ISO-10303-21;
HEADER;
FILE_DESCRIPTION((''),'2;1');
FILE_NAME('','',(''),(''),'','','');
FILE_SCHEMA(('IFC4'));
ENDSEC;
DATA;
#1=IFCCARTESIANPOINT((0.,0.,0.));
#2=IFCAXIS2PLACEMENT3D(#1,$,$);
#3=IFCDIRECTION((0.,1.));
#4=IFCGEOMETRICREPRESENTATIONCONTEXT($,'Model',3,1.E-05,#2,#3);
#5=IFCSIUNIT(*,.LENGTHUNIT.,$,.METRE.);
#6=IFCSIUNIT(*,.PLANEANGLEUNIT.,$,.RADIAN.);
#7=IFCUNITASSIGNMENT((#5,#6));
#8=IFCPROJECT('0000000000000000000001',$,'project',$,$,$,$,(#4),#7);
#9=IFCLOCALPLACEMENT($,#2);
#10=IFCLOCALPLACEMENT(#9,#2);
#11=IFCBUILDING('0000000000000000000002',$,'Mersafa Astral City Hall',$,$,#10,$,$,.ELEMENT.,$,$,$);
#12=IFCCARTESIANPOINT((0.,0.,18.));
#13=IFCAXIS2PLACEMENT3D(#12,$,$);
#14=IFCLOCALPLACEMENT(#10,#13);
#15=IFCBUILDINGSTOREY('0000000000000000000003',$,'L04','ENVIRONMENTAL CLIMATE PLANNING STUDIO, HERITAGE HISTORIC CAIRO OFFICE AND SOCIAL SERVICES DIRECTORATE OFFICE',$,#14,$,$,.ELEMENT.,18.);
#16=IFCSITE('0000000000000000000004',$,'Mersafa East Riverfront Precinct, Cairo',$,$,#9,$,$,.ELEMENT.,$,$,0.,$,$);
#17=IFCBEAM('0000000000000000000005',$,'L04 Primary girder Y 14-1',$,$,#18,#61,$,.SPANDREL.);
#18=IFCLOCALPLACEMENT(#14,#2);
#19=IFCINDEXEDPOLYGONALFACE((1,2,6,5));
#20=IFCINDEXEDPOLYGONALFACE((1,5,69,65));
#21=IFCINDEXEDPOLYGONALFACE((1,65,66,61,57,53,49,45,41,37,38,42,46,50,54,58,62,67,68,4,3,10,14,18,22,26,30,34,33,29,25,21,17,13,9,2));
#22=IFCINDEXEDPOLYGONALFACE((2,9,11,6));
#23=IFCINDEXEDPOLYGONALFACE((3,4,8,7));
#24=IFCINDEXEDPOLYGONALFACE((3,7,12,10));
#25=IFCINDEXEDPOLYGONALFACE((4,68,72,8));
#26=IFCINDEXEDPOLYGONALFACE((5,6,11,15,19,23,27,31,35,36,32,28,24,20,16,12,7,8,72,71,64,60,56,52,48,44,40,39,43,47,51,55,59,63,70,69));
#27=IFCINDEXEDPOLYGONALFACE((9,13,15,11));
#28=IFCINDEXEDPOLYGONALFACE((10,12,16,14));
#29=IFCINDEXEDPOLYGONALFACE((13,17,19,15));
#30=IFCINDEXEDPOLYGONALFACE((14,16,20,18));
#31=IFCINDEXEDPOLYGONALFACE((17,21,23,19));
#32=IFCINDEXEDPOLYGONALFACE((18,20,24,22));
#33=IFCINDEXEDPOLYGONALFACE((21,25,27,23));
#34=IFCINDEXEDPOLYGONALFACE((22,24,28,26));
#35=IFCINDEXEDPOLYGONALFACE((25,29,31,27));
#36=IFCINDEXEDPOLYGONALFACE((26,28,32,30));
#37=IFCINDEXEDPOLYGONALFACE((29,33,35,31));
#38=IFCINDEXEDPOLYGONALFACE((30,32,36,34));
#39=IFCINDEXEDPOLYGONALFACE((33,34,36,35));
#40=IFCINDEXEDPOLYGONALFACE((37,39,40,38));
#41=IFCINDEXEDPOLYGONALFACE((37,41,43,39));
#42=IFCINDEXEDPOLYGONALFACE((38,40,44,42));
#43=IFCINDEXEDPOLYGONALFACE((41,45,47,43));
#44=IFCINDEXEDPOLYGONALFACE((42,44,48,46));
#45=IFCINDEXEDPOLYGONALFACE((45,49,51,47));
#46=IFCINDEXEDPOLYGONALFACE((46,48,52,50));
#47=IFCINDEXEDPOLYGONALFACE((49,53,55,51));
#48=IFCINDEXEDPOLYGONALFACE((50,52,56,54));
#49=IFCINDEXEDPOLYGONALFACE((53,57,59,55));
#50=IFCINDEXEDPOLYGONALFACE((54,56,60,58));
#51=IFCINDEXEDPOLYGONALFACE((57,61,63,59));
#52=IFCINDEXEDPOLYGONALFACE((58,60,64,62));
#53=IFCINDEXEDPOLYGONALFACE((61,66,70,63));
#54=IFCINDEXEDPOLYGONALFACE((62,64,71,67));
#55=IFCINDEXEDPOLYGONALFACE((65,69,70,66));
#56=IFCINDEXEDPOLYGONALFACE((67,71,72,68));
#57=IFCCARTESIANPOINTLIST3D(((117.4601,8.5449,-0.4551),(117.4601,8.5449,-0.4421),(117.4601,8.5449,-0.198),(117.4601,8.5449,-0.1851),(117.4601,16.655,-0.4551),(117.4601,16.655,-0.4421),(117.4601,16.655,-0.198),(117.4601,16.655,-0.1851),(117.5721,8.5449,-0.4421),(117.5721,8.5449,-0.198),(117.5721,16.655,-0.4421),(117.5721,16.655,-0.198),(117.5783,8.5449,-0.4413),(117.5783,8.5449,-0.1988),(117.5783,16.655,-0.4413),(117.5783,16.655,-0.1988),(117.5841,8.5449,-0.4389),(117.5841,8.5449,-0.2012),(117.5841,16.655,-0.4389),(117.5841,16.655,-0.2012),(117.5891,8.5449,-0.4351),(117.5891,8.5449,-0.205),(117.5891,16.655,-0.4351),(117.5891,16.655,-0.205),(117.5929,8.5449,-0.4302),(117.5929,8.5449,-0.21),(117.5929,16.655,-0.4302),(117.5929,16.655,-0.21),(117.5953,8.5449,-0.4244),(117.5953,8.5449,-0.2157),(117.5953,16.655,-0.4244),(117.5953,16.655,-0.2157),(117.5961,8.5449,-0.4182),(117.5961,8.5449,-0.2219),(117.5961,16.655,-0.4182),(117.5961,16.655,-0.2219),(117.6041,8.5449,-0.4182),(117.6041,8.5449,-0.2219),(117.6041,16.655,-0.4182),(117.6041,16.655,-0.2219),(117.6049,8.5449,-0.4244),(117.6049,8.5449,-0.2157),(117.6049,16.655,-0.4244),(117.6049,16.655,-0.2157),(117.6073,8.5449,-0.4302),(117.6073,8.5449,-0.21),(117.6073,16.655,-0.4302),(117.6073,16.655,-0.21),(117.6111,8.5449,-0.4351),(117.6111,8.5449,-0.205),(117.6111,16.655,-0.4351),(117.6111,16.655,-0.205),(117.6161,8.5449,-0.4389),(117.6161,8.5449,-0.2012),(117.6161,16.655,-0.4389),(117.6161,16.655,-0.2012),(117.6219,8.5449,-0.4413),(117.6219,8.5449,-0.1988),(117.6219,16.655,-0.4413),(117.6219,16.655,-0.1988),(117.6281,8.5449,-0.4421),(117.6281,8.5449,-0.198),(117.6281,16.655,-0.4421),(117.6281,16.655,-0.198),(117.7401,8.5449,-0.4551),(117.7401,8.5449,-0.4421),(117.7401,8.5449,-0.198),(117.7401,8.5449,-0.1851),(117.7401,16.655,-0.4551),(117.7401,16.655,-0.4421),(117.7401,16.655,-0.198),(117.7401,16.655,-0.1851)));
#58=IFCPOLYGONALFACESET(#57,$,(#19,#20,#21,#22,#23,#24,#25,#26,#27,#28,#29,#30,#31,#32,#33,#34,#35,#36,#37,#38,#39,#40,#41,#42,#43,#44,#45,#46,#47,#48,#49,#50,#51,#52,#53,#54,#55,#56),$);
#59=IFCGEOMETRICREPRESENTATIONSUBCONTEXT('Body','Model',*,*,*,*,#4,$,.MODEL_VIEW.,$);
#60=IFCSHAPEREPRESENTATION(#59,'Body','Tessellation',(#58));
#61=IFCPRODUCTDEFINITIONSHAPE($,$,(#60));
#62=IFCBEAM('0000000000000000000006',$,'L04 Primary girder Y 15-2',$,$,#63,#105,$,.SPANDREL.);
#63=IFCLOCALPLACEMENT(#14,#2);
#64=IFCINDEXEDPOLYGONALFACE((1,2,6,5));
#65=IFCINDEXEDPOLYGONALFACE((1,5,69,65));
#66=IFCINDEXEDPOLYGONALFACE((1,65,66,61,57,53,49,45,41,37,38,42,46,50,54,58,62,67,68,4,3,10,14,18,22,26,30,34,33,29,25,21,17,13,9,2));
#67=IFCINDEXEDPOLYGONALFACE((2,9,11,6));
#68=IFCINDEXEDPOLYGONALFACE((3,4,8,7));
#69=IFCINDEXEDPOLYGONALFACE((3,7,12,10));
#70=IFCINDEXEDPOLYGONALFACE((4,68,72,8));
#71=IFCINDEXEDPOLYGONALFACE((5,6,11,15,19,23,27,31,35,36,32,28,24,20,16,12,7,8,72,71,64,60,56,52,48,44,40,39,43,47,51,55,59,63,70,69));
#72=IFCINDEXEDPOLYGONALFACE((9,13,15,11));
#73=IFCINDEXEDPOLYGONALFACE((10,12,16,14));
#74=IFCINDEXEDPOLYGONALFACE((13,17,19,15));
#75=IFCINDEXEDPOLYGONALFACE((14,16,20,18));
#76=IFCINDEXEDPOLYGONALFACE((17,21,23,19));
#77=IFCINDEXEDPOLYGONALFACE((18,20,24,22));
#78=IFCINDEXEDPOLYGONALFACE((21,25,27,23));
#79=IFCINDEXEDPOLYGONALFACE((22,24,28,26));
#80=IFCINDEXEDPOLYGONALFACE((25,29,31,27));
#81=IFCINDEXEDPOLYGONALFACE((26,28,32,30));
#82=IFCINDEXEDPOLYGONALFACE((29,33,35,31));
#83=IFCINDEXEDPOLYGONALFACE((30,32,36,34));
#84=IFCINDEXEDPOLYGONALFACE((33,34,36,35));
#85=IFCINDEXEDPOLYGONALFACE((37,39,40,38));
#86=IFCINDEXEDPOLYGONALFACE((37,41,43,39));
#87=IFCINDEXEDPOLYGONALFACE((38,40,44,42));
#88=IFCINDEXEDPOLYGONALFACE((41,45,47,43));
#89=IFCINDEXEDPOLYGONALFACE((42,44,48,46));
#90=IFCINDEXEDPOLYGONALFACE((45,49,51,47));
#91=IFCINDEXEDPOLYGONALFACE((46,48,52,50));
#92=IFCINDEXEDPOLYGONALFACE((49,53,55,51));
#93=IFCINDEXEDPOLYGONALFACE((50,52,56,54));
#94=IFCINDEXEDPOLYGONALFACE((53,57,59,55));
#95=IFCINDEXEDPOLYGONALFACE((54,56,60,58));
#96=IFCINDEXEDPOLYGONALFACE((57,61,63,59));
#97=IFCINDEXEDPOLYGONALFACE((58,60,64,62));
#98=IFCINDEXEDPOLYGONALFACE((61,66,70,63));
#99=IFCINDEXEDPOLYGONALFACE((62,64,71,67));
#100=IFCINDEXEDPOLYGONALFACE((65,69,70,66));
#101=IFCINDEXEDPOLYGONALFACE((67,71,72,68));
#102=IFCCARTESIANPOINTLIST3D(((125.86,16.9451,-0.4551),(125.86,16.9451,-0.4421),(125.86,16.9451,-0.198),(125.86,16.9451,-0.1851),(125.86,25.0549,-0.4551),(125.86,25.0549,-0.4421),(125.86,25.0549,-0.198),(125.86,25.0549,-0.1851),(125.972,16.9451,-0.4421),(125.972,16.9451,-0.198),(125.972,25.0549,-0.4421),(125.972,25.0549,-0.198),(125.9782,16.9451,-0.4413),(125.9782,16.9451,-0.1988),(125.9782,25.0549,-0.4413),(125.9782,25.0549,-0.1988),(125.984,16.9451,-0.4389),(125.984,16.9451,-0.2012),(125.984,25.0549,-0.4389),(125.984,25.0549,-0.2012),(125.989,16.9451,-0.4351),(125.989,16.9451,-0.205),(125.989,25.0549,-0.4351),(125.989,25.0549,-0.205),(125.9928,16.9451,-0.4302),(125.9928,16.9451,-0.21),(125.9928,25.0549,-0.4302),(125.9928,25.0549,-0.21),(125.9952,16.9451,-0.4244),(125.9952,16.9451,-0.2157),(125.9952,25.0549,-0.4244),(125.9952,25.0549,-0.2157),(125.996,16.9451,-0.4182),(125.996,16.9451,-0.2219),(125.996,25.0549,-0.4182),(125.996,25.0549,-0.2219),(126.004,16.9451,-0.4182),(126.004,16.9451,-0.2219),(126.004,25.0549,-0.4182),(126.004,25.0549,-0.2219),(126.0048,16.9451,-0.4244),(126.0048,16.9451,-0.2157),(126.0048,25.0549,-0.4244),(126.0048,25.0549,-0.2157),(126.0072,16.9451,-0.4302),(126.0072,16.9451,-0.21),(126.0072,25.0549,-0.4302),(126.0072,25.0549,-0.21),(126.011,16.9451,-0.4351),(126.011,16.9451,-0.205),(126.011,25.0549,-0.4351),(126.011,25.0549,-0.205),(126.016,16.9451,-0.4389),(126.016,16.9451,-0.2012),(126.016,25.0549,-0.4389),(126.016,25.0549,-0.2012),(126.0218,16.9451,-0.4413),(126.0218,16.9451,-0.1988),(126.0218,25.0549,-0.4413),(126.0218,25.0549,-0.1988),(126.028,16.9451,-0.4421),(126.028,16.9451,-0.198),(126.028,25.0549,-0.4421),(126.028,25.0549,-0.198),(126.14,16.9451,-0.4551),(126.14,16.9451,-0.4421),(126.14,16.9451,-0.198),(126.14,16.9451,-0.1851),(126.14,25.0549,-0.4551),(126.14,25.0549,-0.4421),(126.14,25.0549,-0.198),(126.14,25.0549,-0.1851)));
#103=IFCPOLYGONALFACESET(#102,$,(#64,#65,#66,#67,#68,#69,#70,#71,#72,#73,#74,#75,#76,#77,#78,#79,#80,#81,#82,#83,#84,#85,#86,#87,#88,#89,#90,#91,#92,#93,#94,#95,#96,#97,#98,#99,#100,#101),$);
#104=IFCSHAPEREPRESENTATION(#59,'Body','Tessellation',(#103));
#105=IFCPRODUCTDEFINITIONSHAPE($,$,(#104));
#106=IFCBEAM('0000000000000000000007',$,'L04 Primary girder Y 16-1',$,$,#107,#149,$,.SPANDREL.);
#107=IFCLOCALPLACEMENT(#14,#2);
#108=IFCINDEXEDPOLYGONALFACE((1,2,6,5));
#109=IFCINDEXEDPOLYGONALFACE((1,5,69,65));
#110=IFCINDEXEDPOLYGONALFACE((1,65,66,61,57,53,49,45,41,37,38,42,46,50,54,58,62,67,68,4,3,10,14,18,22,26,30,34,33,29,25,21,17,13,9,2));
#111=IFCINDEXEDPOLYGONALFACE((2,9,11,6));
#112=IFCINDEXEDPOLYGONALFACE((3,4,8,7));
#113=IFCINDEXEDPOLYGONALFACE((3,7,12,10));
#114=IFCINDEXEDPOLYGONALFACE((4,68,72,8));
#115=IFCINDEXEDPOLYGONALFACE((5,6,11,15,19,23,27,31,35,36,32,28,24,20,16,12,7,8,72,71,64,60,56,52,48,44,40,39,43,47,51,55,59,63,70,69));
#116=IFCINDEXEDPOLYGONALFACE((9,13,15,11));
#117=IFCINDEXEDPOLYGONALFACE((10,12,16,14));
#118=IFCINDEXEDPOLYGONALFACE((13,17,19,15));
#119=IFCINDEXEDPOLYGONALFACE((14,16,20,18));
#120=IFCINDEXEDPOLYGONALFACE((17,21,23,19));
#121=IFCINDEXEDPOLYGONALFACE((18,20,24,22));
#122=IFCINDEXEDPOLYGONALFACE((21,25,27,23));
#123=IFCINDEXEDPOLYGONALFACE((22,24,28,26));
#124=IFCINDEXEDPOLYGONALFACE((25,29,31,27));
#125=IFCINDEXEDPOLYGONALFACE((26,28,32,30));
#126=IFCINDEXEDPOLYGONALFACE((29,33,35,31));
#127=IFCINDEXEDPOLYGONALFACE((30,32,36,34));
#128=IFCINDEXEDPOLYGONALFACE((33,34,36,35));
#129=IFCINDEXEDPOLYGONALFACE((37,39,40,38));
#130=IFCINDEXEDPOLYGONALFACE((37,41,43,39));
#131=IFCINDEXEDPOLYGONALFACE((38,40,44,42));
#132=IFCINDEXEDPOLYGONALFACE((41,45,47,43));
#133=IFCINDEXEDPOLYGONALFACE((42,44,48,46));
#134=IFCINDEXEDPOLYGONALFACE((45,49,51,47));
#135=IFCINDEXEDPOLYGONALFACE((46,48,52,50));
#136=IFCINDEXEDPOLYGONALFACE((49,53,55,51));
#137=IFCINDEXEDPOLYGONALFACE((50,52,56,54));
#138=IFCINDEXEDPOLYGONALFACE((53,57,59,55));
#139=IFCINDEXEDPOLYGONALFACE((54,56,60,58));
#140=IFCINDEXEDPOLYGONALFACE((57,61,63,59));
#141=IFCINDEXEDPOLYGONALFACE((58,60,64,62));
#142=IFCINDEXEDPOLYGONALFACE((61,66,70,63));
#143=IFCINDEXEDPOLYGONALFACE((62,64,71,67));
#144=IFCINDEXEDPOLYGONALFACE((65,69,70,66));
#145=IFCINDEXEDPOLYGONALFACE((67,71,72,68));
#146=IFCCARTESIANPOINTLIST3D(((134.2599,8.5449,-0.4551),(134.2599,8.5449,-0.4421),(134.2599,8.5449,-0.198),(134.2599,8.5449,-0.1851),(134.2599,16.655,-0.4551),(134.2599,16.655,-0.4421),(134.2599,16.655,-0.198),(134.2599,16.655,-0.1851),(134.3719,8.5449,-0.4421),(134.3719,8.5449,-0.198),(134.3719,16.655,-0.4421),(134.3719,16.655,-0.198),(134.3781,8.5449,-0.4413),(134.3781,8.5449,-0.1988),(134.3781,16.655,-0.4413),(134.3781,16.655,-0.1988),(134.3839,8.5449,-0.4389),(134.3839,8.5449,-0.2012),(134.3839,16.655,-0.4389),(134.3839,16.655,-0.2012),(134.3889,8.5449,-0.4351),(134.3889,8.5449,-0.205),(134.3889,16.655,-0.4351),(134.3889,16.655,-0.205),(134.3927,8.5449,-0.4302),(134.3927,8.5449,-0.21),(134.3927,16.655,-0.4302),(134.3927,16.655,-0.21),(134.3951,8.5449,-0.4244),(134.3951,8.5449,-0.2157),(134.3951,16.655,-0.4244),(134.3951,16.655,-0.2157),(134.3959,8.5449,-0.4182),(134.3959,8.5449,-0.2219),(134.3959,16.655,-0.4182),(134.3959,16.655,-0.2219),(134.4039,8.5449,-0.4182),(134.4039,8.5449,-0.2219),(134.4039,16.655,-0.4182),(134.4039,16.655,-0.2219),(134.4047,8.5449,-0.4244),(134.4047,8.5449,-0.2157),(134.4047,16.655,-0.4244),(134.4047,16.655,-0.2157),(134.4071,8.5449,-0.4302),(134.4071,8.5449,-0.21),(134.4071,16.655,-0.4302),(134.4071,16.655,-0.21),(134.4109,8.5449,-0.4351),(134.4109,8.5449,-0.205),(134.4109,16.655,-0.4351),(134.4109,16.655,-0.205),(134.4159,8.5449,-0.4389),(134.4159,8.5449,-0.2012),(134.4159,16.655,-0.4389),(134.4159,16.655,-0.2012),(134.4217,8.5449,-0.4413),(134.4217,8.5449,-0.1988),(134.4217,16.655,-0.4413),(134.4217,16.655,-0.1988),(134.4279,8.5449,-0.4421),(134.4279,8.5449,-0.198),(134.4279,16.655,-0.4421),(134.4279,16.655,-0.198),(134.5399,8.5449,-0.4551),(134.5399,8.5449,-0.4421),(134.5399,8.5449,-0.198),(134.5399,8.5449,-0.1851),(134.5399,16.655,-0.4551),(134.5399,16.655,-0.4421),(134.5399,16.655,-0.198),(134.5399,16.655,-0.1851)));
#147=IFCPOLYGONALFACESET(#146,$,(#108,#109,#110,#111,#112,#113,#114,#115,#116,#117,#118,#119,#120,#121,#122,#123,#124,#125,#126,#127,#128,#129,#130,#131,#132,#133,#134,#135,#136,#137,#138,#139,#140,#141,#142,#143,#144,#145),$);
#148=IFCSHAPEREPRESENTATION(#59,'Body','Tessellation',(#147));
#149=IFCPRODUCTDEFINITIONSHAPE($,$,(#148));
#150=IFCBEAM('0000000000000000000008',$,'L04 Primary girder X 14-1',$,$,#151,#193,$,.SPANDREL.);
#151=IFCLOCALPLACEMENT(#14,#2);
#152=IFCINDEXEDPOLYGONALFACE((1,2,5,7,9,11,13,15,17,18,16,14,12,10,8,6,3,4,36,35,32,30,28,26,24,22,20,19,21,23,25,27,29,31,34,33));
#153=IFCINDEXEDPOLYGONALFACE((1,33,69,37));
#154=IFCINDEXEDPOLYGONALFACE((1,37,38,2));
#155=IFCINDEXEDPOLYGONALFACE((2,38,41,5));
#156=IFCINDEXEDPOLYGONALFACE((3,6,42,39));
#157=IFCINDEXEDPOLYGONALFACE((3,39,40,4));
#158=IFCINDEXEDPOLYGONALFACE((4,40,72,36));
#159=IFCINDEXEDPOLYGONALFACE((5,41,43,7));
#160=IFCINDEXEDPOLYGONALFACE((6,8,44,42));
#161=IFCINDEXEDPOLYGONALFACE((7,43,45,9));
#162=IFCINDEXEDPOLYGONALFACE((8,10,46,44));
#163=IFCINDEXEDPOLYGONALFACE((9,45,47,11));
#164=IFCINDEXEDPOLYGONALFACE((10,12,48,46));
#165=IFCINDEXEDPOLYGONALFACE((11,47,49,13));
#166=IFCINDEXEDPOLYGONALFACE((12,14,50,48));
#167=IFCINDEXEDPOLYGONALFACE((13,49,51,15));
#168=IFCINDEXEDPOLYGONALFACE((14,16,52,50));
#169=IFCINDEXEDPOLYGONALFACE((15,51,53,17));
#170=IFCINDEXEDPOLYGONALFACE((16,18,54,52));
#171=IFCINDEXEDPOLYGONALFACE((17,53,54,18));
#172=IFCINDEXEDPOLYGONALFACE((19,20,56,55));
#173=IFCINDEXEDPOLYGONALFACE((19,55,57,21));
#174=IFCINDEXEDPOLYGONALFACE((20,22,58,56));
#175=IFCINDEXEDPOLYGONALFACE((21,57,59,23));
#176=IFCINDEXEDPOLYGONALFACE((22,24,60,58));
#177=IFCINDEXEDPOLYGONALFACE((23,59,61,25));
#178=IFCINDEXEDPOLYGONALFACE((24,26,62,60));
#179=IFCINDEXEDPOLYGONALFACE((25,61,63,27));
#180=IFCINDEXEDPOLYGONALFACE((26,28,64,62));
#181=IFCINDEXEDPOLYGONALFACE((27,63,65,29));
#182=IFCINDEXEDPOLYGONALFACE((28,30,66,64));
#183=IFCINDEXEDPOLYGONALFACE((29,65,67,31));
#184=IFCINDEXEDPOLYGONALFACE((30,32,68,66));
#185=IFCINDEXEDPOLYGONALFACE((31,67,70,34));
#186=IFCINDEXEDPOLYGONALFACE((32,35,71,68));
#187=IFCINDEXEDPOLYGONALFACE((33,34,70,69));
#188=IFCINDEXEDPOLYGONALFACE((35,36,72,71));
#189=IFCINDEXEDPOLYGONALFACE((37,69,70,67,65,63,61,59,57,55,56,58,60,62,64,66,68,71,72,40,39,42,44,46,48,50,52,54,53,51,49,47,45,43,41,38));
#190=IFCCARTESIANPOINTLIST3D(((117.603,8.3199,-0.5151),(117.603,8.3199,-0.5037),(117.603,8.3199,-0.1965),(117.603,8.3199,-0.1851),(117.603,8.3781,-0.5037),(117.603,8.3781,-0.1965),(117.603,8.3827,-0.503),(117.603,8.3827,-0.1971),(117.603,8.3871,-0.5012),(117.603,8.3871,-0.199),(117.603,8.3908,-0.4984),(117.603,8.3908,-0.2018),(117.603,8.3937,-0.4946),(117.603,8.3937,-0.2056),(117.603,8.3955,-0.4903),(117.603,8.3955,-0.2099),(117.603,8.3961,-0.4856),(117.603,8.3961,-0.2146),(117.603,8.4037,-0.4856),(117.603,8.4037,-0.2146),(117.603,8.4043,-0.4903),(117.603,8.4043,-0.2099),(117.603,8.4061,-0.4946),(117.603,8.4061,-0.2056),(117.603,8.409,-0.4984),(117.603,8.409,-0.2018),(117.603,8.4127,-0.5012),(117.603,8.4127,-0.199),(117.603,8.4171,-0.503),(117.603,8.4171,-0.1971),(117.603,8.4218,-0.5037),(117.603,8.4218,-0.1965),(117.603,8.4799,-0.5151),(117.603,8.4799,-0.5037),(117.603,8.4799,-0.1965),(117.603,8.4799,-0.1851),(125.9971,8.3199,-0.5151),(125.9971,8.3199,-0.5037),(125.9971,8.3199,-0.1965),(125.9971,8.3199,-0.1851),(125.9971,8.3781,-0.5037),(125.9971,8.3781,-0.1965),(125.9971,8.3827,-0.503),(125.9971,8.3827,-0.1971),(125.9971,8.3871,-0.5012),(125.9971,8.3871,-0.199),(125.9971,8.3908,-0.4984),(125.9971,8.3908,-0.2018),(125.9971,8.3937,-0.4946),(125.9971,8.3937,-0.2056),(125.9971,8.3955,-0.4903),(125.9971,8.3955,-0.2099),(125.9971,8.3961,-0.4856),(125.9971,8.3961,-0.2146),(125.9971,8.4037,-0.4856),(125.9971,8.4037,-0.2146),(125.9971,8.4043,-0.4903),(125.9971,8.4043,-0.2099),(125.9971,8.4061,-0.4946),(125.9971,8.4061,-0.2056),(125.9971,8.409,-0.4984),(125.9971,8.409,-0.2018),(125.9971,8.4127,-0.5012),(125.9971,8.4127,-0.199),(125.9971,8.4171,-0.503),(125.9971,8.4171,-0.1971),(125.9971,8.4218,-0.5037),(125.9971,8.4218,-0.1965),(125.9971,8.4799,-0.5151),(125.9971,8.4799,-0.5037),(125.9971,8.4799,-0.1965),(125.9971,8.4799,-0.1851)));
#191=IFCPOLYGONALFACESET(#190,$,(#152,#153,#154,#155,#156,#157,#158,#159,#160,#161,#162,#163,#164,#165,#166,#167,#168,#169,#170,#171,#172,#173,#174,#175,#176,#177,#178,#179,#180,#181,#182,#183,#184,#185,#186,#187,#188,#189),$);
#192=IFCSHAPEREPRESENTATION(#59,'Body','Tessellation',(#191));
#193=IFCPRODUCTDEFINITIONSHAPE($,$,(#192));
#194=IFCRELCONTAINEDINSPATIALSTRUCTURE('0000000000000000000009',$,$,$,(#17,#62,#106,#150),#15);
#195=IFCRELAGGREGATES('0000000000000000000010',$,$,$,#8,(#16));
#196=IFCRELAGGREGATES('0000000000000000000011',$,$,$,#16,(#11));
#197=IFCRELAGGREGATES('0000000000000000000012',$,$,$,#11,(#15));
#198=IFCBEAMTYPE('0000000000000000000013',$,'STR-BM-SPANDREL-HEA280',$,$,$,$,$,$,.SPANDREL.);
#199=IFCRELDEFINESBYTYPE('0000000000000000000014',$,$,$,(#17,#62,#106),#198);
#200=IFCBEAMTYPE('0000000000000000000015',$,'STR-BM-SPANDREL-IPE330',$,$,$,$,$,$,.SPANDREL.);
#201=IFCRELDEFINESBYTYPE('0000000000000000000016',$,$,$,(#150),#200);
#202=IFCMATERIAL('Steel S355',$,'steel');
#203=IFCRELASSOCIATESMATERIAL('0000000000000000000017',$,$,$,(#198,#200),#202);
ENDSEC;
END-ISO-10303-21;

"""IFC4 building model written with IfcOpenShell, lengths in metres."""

from ifc_helpers import new_model, si_unit, direction, frame, origin, origin_2d, place, context, subcontext, project, spatial, i_section, extrude, material, material_profile, profile_set, type_object, element, save


model = new_model("IFC4")

# Units and contexts
model_context = context("Model", 3, precision=1e-05, world=origin(), true_north=direction((0.0, 1.0)))
body_context = subcontext(model_context, "Body", "Model", "MODEL_VIEW")
ifc_project = project(units=[si_unit("LENGTHUNIT", "METRE"), si_unit("PLANEANGLEUNIT", "RADIAN")], contexts=[model_context])

# Site, building, storey
site_placement = place(None, origin())
site = spatial("IfcSite", under=ifc_project, at=site_placement, Name="Mersafa East Riverfront Precinct, Cairo", CompositionType="ELEMENT", RefElevation=0.0)
building_placement = place(site_placement, origin())
building = spatial("IfcBuilding", under=site, at=building_placement, Name="Mersafa Astral City Hall", CompositionType="ELEMENT")
storey_placement = place(building_placement, frame((0.0, 0.0, 18.0)))
storey = spatial("IfcBuildingStorey", under=building, at=storey_placement, Name="L04", Description="ENVIRONMENTAL CLIMATE PLANNING STUDIO, HERITAGE HISTORIC CAIRO OFFICE AND SOCIAL SERVICES DIRECTORATE OFFICE", CompositionType="ELEMENT", Elevation=18.0)

# Shared definitions
ifc_material_1 = material(Name="Steel S355", Category="steel")

# Beams
ifc_material_profile_1 = material_profile(ifc_material_1, i_section(OverallWidth=0.28, OverallDepth=0.27, WebThickness=0.0081, FlangeThickness=0.0129, FilletRadius=0.0239, at=origin_2d()), Name="HEA 280")
ifc_profile_set_1 = profile_set([ifc_material_profile_1], Name="Steel S355")
beam_type_1 = type_object("IfcBeamType", Name="STR-BM-SPANDREL-HEA280", PredefinedType="SPANDREL", material=ifc_profile_set_1)
beam_1_placement = place(storey_placement, frame((117.6001, 8.5449, -0.3201), z_axis=(0.0, 1.0, 0.0), x_axis=(-1.0, 0.0, 0.0)))
element("IfcBeam", 1, at=beam_1_placement, inside=storey, type_object=beam_type_1, Name="L04 Primary girder Y 14-1", PredefinedType="SPANDREL", context=body_context, shape_type="SweptSolid", body=[
    extrude(i_section(OverallWidth=0.28, OverallDepth=0.27, WebThickness=0.0081, FlangeThickness=0.0129, FilletRadius=0.0239, at=origin_2d()), origin(), (0.0, 0.0, 1.0), 8.1101),
])
beam_2_placement = place(storey_placement, frame((126.0, 16.9451, -0.3201), z_axis=(0.0, 1.0, 0.0), x_axis=(-1.0, 0.0, 0.0)))
element("IfcBeam", 2, at=beam_2_placement, inside=storey, type_object=beam_type_1, Name="L04 Primary girder Y 15-2", PredefinedType="SPANDREL", context=body_context, shape_type="SweptSolid", body=[
    extrude(i_section(OverallWidth=0.28, OverallDepth=0.27, WebThickness=0.0081, FlangeThickness=0.0129, FilletRadius=0.0239, at=origin_2d()), origin(), (0.0, 0.0, 1.0), 8.1099),
])
beam_3_placement = place(storey_placement, frame((134.3999, 8.5449, -0.3201), z_axis=(0.0, 1.0, 0.0), x_axis=(-1.0, 0.0, 0.0)))
element("IfcBeam", 3, at=beam_3_placement, inside=storey, type_object=beam_type_1, Name="L04 Primary girder Y 16-1", PredefinedType="SPANDREL", context=body_context, shape_type="SweptSolid", body=[
    extrude(i_section(OverallWidth=0.28, OverallDepth=0.27, WebThickness=0.0081, FlangeThickness=0.0129, FilletRadius=0.0239, at=origin_2d()), origin(), (0.0, 0.0, 1.0), 8.1101),
])
ifc_material_profile_2 = material_profile(ifc_material_1, i_section(OverallWidth=0.1599, OverallDepth=0.3301, WebThickness=0.0076, FlangeThickness=0.0115, FilletRadius=0.0181, at=origin_2d()), Name="IPE 330")
ifc_profile_set_2 = profile_set([ifc_material_profile_2], Name="Steel S355")
beam_type_2 = type_object("IfcBeamType", Name="STR-BM-SPANDREL-IPE330", PredefinedType="SPANDREL", material=ifc_profile_set_2)
for number, where, z_axis, x_axis, name in (
    (4, (117.603, 8.3999, -0.3501), (1.0, 0.0, 0.0), (0.0, 1.0, 0.0), "L04 Primary girder X 14-1"),
):
    element("IfcBeam", number, at=place(storey_placement, frame(where, z_axis=z_axis, x_axis=x_axis)), inside=storey, type_object=beam_type_2, Name=name, PredefinedType="SPANDREL", context=body_context, shape_type="SweptSolid", body=[
        extrude(i_section(OverallWidth=0.1599, OverallDepth=0.3301, WebThickness=0.0076, FlangeThickness=0.0115, FilletRadius=0.0181, at=origin_2d()), origin(), (0.0, 0.0, 1.0), 8.394),
    ])

save(model, "model.ifc")
